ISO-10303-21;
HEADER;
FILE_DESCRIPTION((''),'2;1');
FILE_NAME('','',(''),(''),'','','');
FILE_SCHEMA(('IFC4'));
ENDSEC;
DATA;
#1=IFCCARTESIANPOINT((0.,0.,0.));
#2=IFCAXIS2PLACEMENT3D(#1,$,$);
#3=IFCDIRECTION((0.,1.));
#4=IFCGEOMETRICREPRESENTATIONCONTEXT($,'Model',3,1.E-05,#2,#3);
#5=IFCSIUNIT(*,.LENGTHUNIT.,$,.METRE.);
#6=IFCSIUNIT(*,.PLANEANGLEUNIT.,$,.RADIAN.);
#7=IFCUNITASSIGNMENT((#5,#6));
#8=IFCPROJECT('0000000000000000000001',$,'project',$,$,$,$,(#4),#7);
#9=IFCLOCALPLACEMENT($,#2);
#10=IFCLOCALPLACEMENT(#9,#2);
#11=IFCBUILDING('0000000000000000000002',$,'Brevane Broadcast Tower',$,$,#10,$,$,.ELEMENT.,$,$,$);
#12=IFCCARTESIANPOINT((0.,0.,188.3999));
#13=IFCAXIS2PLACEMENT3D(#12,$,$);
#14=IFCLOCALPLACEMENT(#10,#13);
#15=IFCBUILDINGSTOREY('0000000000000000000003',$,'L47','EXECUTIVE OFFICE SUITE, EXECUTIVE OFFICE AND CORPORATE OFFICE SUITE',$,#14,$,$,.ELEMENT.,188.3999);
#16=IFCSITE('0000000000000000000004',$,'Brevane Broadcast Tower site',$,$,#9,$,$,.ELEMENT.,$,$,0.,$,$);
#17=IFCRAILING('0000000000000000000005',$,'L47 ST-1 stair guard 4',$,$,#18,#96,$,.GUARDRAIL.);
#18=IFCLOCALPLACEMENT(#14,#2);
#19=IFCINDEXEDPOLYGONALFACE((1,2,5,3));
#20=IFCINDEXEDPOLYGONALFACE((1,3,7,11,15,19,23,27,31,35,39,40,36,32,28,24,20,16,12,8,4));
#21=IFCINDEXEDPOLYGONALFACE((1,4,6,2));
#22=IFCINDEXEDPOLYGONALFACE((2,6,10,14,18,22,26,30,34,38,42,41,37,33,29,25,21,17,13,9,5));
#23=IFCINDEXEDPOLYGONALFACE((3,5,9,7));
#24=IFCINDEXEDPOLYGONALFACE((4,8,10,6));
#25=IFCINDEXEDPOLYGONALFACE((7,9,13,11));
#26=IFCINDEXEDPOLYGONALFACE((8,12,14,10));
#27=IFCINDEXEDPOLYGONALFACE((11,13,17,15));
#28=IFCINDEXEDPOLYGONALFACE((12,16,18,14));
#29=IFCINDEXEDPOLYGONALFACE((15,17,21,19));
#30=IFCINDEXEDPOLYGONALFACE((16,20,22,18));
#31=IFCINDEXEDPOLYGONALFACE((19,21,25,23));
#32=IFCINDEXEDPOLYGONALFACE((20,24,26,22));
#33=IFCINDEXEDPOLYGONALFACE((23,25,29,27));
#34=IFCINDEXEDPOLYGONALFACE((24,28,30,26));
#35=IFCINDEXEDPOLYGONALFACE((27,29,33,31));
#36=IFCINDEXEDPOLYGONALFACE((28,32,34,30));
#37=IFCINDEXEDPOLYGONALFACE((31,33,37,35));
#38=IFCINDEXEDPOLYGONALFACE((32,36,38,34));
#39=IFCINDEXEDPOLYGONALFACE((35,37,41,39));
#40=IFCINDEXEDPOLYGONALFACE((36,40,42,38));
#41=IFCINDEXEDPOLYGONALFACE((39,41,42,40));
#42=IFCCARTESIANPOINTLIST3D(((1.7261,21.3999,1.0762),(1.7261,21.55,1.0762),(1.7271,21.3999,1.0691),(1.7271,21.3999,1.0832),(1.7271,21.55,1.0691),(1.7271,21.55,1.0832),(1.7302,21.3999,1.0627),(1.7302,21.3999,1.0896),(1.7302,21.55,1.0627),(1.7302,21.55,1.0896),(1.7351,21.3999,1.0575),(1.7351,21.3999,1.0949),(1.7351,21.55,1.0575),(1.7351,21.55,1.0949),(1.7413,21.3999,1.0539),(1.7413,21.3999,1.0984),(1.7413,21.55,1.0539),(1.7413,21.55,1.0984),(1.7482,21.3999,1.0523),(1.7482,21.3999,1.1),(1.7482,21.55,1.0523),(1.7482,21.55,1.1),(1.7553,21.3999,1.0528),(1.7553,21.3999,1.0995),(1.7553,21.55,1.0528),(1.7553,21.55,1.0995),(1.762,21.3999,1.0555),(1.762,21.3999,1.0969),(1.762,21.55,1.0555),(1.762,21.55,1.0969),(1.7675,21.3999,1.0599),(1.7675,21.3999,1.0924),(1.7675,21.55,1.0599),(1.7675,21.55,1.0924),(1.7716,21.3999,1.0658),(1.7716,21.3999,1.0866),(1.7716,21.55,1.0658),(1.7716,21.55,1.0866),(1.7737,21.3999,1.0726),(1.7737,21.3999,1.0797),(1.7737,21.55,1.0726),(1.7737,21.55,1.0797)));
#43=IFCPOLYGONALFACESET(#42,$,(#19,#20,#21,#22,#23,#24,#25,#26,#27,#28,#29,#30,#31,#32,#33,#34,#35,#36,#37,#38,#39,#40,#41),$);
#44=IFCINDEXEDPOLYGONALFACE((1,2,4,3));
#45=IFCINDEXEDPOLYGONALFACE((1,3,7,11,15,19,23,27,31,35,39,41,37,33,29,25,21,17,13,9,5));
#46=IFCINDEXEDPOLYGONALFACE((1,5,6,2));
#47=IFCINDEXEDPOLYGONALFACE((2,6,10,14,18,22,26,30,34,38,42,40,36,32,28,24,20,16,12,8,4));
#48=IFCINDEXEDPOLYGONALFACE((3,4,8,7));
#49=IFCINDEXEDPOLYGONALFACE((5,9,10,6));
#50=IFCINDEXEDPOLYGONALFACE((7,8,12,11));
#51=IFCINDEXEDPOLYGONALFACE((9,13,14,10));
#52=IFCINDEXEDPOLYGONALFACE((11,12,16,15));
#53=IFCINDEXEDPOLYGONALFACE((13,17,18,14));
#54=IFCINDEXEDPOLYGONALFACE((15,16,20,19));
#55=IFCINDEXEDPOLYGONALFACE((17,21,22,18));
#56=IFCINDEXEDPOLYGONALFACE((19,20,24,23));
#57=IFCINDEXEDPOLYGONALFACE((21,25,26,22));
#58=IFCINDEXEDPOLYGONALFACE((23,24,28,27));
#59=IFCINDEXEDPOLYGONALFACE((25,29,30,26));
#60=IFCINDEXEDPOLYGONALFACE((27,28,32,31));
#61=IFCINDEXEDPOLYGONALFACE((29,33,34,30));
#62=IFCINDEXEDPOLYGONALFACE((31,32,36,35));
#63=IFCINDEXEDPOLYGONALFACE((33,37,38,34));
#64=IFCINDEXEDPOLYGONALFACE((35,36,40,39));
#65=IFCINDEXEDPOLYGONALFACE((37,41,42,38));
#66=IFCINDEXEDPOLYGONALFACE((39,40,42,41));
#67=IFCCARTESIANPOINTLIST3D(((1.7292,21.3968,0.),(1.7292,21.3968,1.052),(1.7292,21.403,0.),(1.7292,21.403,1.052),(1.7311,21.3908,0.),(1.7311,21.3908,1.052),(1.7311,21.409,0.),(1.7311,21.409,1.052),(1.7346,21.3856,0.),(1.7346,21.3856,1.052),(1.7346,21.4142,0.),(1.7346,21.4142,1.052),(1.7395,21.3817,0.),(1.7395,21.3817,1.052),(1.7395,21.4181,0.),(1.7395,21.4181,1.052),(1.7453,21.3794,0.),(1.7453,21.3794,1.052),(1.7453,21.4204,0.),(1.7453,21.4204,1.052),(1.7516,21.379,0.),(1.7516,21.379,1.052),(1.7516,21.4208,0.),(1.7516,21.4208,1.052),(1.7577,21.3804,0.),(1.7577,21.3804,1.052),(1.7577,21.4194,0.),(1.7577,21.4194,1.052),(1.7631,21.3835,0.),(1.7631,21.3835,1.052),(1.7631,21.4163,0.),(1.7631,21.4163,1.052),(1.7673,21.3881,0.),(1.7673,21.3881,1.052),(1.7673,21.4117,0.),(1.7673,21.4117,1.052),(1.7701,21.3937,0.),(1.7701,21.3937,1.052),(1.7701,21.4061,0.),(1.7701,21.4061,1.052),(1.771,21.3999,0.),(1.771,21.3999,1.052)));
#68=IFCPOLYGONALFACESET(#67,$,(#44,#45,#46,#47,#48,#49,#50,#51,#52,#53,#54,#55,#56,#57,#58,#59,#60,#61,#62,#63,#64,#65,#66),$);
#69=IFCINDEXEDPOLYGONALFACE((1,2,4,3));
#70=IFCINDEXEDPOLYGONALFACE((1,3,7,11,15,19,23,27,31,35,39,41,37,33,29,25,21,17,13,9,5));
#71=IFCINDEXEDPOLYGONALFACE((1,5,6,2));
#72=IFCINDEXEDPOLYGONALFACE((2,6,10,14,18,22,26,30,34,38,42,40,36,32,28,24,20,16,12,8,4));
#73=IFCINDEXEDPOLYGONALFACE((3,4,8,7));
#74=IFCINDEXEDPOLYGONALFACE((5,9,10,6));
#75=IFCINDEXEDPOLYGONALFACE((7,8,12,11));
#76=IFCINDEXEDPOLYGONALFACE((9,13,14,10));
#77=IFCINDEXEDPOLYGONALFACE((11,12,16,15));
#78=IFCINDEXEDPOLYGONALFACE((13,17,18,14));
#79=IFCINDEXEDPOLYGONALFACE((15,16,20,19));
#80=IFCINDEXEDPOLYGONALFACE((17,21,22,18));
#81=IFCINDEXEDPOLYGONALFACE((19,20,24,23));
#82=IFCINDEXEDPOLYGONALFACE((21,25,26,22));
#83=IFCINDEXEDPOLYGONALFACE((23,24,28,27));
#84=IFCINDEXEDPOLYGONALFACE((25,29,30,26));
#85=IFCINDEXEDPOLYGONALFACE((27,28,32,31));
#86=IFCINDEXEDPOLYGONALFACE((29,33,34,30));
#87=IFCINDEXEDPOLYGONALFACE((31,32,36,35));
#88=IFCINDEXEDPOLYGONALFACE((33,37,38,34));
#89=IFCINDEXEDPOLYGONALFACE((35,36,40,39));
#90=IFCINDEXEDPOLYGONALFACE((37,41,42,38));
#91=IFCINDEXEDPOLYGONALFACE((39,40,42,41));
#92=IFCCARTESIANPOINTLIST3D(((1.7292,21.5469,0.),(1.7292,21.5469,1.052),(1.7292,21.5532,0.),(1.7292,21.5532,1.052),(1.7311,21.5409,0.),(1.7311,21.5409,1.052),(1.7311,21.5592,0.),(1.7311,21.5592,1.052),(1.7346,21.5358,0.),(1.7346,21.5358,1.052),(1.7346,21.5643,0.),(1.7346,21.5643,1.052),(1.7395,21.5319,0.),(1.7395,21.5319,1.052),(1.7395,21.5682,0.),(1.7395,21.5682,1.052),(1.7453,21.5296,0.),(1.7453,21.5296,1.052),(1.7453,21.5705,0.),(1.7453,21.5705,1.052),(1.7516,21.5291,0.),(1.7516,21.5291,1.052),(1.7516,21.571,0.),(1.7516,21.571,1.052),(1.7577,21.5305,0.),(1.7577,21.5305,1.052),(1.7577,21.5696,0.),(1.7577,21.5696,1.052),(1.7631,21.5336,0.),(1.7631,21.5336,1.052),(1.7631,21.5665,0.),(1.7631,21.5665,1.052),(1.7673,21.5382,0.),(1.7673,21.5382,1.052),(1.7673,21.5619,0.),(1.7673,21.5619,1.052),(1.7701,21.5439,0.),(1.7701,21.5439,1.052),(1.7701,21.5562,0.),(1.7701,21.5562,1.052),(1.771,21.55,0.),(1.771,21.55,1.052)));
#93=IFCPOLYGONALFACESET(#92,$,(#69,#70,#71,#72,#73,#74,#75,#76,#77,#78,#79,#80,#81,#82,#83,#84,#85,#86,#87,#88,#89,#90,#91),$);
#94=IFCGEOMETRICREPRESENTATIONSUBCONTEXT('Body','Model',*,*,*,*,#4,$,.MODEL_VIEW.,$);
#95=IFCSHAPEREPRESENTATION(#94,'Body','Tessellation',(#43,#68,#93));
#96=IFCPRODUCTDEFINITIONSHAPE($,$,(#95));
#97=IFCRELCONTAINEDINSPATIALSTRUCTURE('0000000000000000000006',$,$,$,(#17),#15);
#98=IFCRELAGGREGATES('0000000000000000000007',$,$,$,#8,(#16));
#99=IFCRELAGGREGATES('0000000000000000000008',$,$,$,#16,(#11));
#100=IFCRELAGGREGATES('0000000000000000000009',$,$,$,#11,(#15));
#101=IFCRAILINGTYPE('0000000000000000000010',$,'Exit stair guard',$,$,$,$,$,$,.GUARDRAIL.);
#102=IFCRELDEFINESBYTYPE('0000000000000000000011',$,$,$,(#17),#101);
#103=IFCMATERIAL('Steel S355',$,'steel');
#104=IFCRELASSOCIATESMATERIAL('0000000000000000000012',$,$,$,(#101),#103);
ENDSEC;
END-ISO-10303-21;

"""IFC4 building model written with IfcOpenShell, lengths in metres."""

from ifc_helpers import new_model, si_unit, direction, frame, origin, origin_2d, place, context, subcontext, project, spatial, circle, extrude, material, type_object, element, save


model = new_model("IFC4")

# Units and contexts
model_context = context("Model", 3, precision=1e-05, world=origin(), true_north=direction((0.0, 1.0)))
body_context = subcontext(model_context, "Body", "Model", "MODEL_VIEW")
ifc_project = project(units=[si_unit("LENGTHUNIT", "METRE"), si_unit("PLANEANGLEUNIT", "RADIAN")], contexts=[model_context])

# Site, building, storey
site_placement = place(None, origin())
site = spatial("IfcSite", under=ifc_project, at=site_placement, Name="Brevane Broadcast Tower site", CompositionType="ELEMENT", RefElevation=0.0)
building_placement = place(site_placement, origin())
building = spatial("IfcBuilding", under=site, at=building_placement, Name="Brevane Broadcast Tower", CompositionType="ELEMENT")
storey_placement = place(building_placement, frame((0.0, 0.0, 188.3999)))
storey = spatial("IfcBuildingStorey", under=building, at=storey_placement, Name="L47", Description="EXECUTIVE OFFICE SUITE, EXECUTIVE OFFICE AND CORPORATE OFFICE SUITE", CompositionType="ELEMENT", Elevation=188.3999)

# Railing
ifc_material_1 = material(Name="Steel S355", Category="steel")
railing_type_1 = type_object("IfcRailingType", Name="Exit stair guard", PredefinedType="GUARDRAIL", material=ifc_material_1)
railing_1_placement = place(storey_placement, frame((1.75, 21.3999, 0.0)))
element("IfcRailing", 1, at=railing_1_placement, inside=storey, type_object=railing_type_1, Name="L47 ST-1 stair guard 4", PredefinedType="GUARDRAIL", context=body_context, shape_type="SweptSolid", body=[
    extrude(circle(Radius=0.0239, at=origin_2d()), frame((0.0, 0.0, 1.0762), z_axis=(0.0, 1.0, 0.0), x_axis=(-1.0, 0.0, 0.0)), (0.0, 0.0, 1.0), 0.1501),
    extrude(circle(Radius=0.021, at=origin_2d()), origin(), (0.0, 0.0, 1.0), 1.052),
    extrude(circle(Radius=0.021, at=origin_2d()), frame((0.0, 0.1501, 0.0)), (0.0, 0.0, 1.0), 1.052),
])

save(model, "model.ifc")
